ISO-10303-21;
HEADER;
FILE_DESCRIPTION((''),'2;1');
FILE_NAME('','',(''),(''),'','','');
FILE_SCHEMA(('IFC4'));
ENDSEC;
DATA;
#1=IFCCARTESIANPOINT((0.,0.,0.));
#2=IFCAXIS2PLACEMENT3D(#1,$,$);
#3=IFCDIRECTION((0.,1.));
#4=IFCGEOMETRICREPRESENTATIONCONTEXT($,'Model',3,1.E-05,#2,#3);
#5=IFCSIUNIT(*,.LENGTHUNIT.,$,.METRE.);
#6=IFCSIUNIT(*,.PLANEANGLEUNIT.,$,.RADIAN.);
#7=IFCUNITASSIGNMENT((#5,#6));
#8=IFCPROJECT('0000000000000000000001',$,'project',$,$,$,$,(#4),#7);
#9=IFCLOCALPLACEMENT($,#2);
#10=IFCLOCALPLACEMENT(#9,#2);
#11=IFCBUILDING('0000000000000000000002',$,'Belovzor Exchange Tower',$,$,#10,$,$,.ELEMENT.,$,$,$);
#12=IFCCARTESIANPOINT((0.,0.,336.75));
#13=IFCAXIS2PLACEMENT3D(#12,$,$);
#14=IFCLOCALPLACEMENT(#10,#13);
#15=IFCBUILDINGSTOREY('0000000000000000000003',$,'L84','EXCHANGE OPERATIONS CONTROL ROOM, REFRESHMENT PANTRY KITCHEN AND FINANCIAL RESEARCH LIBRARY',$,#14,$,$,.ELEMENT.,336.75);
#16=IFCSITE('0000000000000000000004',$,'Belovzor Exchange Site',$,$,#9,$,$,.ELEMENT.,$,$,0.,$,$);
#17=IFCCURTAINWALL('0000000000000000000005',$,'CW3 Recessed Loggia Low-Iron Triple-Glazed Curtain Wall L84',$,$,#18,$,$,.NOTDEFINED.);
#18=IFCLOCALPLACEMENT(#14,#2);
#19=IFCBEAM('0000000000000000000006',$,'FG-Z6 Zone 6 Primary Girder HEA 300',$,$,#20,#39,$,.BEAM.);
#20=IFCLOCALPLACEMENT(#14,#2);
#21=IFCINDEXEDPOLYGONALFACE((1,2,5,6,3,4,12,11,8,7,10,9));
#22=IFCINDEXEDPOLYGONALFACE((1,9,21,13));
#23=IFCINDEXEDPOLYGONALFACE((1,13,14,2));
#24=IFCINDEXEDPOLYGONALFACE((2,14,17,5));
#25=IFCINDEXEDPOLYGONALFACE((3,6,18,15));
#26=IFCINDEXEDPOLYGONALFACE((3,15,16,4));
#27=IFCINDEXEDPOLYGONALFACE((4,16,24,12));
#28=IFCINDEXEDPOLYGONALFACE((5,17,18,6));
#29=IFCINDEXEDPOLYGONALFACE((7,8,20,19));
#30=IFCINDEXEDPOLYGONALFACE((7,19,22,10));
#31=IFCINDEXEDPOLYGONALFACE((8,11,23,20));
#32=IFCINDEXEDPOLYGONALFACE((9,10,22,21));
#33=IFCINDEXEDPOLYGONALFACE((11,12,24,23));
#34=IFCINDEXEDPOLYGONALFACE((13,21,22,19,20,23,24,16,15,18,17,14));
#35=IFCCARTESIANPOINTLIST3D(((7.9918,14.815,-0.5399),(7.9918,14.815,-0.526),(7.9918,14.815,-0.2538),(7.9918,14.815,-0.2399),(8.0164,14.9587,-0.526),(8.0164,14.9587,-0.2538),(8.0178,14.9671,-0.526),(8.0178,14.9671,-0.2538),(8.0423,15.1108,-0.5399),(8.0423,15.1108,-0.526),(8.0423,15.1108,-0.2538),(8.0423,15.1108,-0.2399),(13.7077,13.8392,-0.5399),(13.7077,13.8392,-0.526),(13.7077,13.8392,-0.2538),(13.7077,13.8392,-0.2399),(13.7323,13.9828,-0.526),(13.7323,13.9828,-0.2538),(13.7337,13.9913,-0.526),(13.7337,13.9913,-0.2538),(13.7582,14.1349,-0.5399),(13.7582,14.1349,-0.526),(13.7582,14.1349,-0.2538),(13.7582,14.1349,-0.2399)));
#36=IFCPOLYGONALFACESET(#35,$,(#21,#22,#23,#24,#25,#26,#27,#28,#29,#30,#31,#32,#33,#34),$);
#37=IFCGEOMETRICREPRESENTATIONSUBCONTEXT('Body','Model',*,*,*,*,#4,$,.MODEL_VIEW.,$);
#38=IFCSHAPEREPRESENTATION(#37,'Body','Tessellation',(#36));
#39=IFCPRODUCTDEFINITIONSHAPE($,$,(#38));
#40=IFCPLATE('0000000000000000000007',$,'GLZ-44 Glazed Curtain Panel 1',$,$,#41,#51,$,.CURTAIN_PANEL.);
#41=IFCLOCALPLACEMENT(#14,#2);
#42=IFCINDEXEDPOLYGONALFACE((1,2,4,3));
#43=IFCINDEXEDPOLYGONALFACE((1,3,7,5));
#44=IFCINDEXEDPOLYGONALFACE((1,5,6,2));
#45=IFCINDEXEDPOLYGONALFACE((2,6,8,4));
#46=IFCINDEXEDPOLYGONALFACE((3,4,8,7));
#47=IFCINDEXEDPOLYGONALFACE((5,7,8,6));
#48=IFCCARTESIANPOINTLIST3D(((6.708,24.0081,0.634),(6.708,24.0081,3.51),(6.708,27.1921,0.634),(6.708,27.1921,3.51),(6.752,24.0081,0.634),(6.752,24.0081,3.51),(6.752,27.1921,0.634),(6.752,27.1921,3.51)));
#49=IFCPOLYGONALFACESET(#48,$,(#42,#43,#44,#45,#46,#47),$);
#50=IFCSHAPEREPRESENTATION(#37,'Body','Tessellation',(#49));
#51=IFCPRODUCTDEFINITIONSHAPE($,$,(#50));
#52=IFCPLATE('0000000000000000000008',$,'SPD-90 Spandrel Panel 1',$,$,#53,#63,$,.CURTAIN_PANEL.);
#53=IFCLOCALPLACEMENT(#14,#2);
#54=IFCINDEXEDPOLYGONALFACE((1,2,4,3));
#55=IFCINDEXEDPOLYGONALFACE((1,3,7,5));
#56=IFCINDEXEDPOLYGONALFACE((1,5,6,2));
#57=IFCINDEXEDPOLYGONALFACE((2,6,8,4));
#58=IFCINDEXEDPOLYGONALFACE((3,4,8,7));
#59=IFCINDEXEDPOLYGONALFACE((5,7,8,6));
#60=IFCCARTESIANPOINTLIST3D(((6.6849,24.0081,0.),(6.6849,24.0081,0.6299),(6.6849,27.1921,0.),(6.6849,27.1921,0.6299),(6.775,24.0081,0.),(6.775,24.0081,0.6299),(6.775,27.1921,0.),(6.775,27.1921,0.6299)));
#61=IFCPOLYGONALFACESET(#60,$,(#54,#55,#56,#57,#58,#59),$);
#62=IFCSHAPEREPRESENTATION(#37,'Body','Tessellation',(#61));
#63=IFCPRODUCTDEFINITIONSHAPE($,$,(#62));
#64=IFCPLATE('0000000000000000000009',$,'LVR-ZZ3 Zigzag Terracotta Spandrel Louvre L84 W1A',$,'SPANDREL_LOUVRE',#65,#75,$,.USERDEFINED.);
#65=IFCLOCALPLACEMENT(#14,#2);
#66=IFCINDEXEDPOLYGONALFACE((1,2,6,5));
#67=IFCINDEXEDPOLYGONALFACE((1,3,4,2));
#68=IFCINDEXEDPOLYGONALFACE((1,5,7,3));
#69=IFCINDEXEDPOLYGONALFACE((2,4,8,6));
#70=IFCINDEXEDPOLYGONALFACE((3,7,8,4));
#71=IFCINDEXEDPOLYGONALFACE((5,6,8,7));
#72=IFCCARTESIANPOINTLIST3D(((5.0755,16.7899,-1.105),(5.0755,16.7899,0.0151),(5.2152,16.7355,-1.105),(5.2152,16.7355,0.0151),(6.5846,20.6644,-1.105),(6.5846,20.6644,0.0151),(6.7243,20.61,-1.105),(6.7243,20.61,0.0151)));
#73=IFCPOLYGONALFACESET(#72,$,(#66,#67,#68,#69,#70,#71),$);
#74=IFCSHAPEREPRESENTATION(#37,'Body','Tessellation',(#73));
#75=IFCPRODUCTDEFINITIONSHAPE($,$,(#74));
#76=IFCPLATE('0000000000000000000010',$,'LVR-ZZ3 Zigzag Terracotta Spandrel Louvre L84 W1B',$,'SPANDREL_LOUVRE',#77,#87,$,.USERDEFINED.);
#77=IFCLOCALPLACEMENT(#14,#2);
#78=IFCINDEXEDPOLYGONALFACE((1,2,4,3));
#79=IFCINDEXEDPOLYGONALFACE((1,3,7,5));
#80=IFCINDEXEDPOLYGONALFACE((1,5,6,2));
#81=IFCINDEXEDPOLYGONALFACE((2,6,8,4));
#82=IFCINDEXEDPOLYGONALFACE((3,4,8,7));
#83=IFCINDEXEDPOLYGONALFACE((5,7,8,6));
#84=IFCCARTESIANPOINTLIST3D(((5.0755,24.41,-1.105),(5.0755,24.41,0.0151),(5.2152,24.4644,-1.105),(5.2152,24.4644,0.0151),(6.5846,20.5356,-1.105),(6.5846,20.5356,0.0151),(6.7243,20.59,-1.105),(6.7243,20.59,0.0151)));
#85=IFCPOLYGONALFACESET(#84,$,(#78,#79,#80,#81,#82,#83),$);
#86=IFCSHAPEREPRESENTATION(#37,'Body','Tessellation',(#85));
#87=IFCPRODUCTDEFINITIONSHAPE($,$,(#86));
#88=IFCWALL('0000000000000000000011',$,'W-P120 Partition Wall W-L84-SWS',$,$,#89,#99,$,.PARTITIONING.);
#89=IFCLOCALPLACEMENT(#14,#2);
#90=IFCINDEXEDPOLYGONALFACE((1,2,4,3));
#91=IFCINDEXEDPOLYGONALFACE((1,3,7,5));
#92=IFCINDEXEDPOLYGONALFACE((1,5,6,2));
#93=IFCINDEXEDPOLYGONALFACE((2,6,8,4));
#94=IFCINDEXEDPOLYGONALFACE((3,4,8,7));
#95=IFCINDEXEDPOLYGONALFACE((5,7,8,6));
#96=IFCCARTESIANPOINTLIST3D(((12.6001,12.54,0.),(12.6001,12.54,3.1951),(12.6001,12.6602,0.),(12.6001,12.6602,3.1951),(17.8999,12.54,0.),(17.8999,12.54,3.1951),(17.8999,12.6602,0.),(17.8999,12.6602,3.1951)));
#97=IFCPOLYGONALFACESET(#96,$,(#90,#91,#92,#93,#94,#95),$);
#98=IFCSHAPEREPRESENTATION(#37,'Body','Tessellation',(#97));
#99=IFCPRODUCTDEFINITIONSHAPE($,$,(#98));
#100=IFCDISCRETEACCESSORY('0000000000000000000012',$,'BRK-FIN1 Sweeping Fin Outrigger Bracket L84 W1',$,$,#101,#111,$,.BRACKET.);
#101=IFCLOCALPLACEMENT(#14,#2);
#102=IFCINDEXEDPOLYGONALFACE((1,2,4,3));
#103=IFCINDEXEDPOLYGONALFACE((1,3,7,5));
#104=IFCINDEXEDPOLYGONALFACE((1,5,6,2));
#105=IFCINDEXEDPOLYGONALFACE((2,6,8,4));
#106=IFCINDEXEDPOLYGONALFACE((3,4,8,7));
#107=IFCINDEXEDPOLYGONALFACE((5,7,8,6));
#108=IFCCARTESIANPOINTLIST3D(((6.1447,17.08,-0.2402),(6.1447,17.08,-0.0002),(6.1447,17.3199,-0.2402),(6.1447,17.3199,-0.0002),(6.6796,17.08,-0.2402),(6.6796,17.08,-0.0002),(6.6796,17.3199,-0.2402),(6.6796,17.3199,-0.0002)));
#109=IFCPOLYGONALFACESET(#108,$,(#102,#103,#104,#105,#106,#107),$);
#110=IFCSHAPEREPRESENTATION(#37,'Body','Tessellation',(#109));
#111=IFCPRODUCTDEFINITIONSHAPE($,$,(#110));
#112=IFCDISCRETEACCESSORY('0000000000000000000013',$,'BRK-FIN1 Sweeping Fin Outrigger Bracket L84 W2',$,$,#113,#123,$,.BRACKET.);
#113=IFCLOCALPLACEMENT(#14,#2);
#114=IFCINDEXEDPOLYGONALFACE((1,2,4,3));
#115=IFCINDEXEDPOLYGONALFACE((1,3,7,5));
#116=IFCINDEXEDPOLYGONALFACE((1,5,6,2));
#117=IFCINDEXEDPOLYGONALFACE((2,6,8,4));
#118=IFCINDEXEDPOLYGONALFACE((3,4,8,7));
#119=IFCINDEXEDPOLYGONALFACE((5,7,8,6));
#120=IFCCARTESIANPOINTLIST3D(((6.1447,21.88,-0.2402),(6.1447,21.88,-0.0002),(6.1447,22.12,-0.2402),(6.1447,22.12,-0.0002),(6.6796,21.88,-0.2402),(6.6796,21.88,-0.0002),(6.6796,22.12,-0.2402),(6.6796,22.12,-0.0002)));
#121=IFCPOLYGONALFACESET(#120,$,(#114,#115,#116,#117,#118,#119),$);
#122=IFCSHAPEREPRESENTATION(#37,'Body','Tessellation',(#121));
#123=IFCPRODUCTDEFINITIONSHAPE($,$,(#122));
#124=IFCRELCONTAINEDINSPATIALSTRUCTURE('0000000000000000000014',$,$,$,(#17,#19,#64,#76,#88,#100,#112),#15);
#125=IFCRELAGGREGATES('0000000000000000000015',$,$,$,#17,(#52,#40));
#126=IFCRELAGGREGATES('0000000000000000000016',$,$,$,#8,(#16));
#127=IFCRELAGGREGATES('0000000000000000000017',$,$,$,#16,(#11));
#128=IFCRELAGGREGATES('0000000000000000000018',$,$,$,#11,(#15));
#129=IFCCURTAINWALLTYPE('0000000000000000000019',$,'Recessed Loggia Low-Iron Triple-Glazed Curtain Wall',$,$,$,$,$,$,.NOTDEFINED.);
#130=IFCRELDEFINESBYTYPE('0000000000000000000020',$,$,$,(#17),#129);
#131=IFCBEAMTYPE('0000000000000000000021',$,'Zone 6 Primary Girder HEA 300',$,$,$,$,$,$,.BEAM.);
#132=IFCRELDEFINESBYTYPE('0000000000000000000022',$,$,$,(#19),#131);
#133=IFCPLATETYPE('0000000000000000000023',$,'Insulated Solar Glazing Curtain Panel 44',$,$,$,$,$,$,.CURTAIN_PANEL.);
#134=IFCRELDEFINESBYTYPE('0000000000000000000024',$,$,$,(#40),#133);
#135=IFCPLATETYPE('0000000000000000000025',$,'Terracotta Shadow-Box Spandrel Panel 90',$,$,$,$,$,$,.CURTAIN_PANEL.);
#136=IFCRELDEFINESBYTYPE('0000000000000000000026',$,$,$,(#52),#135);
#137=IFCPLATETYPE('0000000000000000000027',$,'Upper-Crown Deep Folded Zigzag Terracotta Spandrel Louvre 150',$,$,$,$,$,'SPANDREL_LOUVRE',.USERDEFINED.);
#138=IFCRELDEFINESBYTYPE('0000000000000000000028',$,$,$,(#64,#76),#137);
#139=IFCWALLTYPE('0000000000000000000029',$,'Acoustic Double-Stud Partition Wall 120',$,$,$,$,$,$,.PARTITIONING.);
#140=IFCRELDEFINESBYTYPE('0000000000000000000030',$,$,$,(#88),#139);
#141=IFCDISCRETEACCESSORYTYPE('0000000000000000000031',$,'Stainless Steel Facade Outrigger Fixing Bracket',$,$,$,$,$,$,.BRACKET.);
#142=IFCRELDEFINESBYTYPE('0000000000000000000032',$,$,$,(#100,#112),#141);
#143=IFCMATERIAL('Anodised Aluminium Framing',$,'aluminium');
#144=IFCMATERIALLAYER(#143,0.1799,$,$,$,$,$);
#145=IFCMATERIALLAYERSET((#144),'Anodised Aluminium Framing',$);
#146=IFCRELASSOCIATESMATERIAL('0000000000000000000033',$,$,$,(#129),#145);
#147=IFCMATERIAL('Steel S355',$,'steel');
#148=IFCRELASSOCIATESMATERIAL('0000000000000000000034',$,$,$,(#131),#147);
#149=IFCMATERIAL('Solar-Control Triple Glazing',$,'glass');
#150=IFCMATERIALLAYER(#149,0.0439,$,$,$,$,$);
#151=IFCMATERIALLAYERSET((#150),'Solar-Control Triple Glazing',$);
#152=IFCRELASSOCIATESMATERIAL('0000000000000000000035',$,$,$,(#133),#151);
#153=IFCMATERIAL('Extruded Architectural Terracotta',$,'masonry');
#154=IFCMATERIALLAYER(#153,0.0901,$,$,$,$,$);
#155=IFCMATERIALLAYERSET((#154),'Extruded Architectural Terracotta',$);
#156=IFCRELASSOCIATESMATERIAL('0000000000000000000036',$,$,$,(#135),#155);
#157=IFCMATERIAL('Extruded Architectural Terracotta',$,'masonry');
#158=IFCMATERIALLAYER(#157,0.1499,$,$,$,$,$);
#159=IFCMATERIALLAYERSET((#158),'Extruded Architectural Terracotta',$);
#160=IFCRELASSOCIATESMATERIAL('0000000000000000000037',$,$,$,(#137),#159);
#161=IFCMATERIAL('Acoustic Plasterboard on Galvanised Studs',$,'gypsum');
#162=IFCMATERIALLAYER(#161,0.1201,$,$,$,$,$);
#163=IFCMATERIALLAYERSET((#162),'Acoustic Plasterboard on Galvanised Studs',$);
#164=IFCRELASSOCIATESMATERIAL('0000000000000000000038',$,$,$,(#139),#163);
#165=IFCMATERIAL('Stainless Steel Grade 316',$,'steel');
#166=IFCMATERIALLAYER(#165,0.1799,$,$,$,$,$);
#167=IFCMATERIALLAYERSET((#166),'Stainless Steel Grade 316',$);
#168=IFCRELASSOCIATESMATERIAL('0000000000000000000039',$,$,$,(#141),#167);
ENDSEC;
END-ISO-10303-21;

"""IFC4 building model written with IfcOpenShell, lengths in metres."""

from ifc_helpers import new_model, si_unit, direction, frame, frame_2d, origin, origin_2d, place, context, subcontext, project, spatial, rectangle, i_section, extrude, material, layer, layer_set, material_profile, profile_set, type_object, element, aggregate, save


model = new_model("IFC4")

# Units and contexts
model_context = context("Model", 3, precision=1e-05, world=origin(), true_north=direction((0.0, 1.0)))
body_context = subcontext(model_context, "Body", "Model", "MODEL_VIEW")
ifc_project = project(units=[si_unit("LENGTHUNIT", "METRE"), si_unit("PLANEANGLEUNIT", "RADIAN")], contexts=[model_context])

# Site, building, storey
site_placement = place(None, origin())
site = spatial("IfcSite", under=ifc_project, at=site_placement, Name="Belovzor Exchange Site", CompositionType="ELEMENT", RefElevation=0.0)
building_placement = place(site_placement, origin())
building = spatial("IfcBuilding", under=site, at=building_placement, Name="Belovzor Exchange Tower", CompositionType="ELEMENT")
storey_placement = place(building_placement, frame((0.0, 0.0, 336.75)))
storey = spatial("IfcBuildingStorey", under=building, at=storey_placement, Name="L84", Description="EXCHANGE OPERATIONS CONTROL ROOM, REFRESHMENT PANTRY KITCHEN AND FINANCIAL RESEARCH LIBRARY", CompositionType="ELEMENT", Elevation=336.75)

# Curtain wall
ifc_material_1 = material(Name="Anodised Aluminium Framing", Category="aluminium")
ifc_layer_1 = layer(ifc_material_1, 0.1799)
ifc_layer_set_1 = layer_set([ifc_layer_1], Name="Anodised Aluminium Framing")
curtain_wall_type = type_object("IfcCurtainWallType", Name="Recessed Loggia Low-Iron Triple-Glazed Curtain Wall", PredefinedType="NOTDEFINED", material=ifc_layer_set_1)
curtain_wall_placement = place(storey_placement, origin())
curtain_wall = element("IfcCurtainWall", 1, at=curtain_wall_placement, inside=storey, type_object=curtain_wall_type, Name="CW3 Recessed Loggia Low-Iron Triple-Glazed Curtain Wall L84", PredefinedType="NOTDEFINED")

# Beam
ifc_material_2 = material(Name="Steel S355", Category="steel")
ifc_material_profile_1 = material_profile(ifc_material_2, i_section(OverallWidth=0.3, OverallDepth=0.3, WebThickness=0.0085, FlangeThickness=0.0139, at=origin_2d()))
ifc_profile_set_1 = profile_set([ifc_material_profile_1], Name="Steel S355")
beam_type_1 = type_object("IfcBeamType", Name="Zone 6 Primary Girder HEA 300", PredefinedType="BEAM", material=ifc_profile_set_1)
for number, where, z_axis, x_axis, name in (
    (2, (8.0171, 14.9629, -0.3899), (0.985738, -0.168289, 0.0), (0.168289, 0.985738, 0.0), "FG-Z6 Zone 6 Primary Girder HEA 300"),
):
    element("IfcBeam", number, at=place(storey_placement, frame(where, z_axis=z_axis, x_axis=x_axis)), inside=storey, type_object=beam_type_1, Name=name, PredefinedType="BEAM", context=body_context, shape_type="SweptSolid", body=[
        extrude(i_section(OverallWidth=0.3, OverallDepth=0.3, WebThickness=0.0085, FlangeThickness=0.0139, at=origin_2d()), origin(), (0.0, 0.0, 1.0), 5.7986),
    ])

# Plates
ifc_material_3 = material(Name="Solar-Control Triple Glazing", Category="glass")
ifc_layer_2 = layer(ifc_material_3, 0.0439)
ifc_layer_set_2 = layer_set([ifc_layer_2], Name="Solar-Control Triple Glazing")
plate_type_1 = type_object("IfcPlateType", Name="Insulated Solar Glazing Curtain Panel 44", PredefinedType="CURTAIN_PANEL", material=ifc_layer_set_2)
plate_1_placement = place(storey_placement, frame((6.73, 25.6001, 0.634), z_axis=(0.0, 0.0, 1.0), x_axis=(0.0, 1.0, 0.0)))
plate_1 = element("IfcPlate", 3, at=plate_1_placement, type_object=plate_type_1, Name="GLZ-44 Glazed Curtain Panel 1", PredefinedType="CURTAIN_PANEL", context=body_context, shape_type="SweptSolid", body=[
    extrude(rectangle(XDim=3.1841, YDim=0.0439, at=origin_2d()), origin(), (0.0, 0.0, 1.0), 2.876),
])
ifc_material_4 = material(Name="Extruded Architectural Terracotta", Category="masonry")
ifc_layer_3 = layer(ifc_material_4, 0.0901)
ifc_layer_set_3 = layer_set([ifc_layer_3], Name="Extruded Architectural Terracotta")
plate_type_2 = type_object("IfcPlateType", Name="Terracotta Shadow-Box Spandrel Panel 90", PredefinedType="CURTAIN_PANEL", material=ifc_layer_set_3)
plate_2_placement = place(storey_placement, frame((6.73, 25.6001, 0.0), z_axis=(0.0, 0.0, 1.0), x_axis=(0.0, 1.0, 0.0)))
plate_2 = element("IfcPlate", 4, at=plate_2_placement, type_object=plate_type_2, Name="SPD-90 Spandrel Panel 1", PredefinedType="CURTAIN_PANEL", context=body_context, shape_type="SweptSolid", body=[
    extrude(rectangle(XDim=3.1841, YDim=0.0901, at=origin_2d()), origin(), (0.0, 0.0, 1.0), 0.6299),
])
aggregate(curtain_wall, [plate_2, plate_1])

# Plates
ifc_material_5 = material(Name="Extruded Architectural Terracotta", Category="masonry")
ifc_layer_4 = layer(ifc_material_5, 0.1499)
ifc_layer_set_4 = layer_set([ifc_layer_4], Name="Extruded Architectural Terracotta")
plate_type_3 = type_object("IfcPlateType", Name="Upper-Crown Deep Folded Zigzag Terracotta Spandrel Louvre 150", ElementType="SPANDREL_LOUVRE", PredefinedType="USERDEFINED", material=ifc_layer_set_4)
for number, where, z_axis, x_axis, name in (
    (5, (5.8999, 18.7, -1.105), (0.0, 0.0, 1.0), (0.362926, 0.931818, 0.0), "LVR-ZZ3 Zigzag Terracotta Spandrel Louvre L84 W1A"),
    (6, (5.8999, 22.5, -1.105), (0.0, 0.0, 1.0), (-0.362926, 0.931818, 0.0), "LVR-ZZ3 Zigzag Terracotta Spandrel Louvre L84 W1B"),
):
    element("IfcPlate", number, at=place(storey_placement, frame(where, z_axis=z_axis, x_axis=x_axis)), inside=storey, type_object=plate_type_3, Name=name, ObjectType="SPANDREL_LOUVRE", PredefinedType="USERDEFINED", context=body_context, shape_type="SweptSolid", body=[
        extrude(rectangle(XDim=4.158, YDim=0.1499, at=origin_2d()), origin(), (0.0, 0.0, 1.0), 1.1201),
    ])

# Wall
ifc_material_6 = material(Name="Acoustic Plasterboard on Galvanised Studs", Category="gypsum")
ifc_layer_5 = layer(ifc_material_6, 0.1201)
ifc_layer_set_5 = layer_set([ifc_layer_5], Name="Acoustic Plasterboard on Galvanised Studs")
wall_type = type_object("IfcWallType", Name="Acoustic Double-Stud Partition Wall 120", PredefinedType="PARTITIONING", material=ifc_layer_set_5)
wall_placement = place(storey_placement, frame((12.6001, 12.6001, 0.0), z_axis=(0.0, 0.0, 1.0), x_axis=(1.0, 0.0, 0.0)))
element("IfcWall", 7, at=wall_placement, inside=storey, type_object=wall_type, Name="W-P120 Partition Wall W-L84-SWS", PredefinedType="PARTITIONING", context=body_context, shape_type="SweptSolid", body=[
    extrude(rectangle(XDim=5.2998, YDim=0.1201, at=frame_2d((2.6499, 0.0))), origin(), (0.0, 0.0, 1.0), 3.1951),
])

# Discrete accessories
ifc_material_7 = material(Name="Stainless Steel Grade 316", Category="steel")
ifc_layer_6 = layer(ifc_material_7, 0.1799)
ifc_layer_set_6 = layer_set([ifc_layer_6], Name="Stainless Steel Grade 316")
discrete_accessory_type = type_object("IfcDiscreteAccessoryType", Name="Stainless Steel Facade Outrigger Fixing Bracket", PredefinedType="BRACKET", material=ifc_layer_set_6)
for number, where, z_axis, x_axis, name in (
    (8, (6.4121, 17.2, -0.2402), (0.0, 0.0, 1.0), (1.0, 0.0, 0.0), "BRK-FIN1 Sweeping Fin Outrigger Bracket L84 W1"),
    (9, (6.4121, 22.0, -0.2402), (0.0, 0.0, 1.0), (1.0, 0.0, 0.0), "BRK-FIN1 Sweeping Fin Outrigger Bracket L84 W2"),
):
    element("IfcDiscreteAccessory", number, at=place(storey_placement, frame(where, z_axis=z_axis, x_axis=x_axis)), inside=storey, type_object=discrete_accessory_type, Name=name, PredefinedType="BRACKET", context=body_context, shape_type="SweptSolid", body=[
        extrude(rectangle(XDim=0.5349, YDim=0.24, at=origin_2d()), origin(), (0.0, 0.0, 1.0), 0.24),
    ])

save(model, "model.ifc")
